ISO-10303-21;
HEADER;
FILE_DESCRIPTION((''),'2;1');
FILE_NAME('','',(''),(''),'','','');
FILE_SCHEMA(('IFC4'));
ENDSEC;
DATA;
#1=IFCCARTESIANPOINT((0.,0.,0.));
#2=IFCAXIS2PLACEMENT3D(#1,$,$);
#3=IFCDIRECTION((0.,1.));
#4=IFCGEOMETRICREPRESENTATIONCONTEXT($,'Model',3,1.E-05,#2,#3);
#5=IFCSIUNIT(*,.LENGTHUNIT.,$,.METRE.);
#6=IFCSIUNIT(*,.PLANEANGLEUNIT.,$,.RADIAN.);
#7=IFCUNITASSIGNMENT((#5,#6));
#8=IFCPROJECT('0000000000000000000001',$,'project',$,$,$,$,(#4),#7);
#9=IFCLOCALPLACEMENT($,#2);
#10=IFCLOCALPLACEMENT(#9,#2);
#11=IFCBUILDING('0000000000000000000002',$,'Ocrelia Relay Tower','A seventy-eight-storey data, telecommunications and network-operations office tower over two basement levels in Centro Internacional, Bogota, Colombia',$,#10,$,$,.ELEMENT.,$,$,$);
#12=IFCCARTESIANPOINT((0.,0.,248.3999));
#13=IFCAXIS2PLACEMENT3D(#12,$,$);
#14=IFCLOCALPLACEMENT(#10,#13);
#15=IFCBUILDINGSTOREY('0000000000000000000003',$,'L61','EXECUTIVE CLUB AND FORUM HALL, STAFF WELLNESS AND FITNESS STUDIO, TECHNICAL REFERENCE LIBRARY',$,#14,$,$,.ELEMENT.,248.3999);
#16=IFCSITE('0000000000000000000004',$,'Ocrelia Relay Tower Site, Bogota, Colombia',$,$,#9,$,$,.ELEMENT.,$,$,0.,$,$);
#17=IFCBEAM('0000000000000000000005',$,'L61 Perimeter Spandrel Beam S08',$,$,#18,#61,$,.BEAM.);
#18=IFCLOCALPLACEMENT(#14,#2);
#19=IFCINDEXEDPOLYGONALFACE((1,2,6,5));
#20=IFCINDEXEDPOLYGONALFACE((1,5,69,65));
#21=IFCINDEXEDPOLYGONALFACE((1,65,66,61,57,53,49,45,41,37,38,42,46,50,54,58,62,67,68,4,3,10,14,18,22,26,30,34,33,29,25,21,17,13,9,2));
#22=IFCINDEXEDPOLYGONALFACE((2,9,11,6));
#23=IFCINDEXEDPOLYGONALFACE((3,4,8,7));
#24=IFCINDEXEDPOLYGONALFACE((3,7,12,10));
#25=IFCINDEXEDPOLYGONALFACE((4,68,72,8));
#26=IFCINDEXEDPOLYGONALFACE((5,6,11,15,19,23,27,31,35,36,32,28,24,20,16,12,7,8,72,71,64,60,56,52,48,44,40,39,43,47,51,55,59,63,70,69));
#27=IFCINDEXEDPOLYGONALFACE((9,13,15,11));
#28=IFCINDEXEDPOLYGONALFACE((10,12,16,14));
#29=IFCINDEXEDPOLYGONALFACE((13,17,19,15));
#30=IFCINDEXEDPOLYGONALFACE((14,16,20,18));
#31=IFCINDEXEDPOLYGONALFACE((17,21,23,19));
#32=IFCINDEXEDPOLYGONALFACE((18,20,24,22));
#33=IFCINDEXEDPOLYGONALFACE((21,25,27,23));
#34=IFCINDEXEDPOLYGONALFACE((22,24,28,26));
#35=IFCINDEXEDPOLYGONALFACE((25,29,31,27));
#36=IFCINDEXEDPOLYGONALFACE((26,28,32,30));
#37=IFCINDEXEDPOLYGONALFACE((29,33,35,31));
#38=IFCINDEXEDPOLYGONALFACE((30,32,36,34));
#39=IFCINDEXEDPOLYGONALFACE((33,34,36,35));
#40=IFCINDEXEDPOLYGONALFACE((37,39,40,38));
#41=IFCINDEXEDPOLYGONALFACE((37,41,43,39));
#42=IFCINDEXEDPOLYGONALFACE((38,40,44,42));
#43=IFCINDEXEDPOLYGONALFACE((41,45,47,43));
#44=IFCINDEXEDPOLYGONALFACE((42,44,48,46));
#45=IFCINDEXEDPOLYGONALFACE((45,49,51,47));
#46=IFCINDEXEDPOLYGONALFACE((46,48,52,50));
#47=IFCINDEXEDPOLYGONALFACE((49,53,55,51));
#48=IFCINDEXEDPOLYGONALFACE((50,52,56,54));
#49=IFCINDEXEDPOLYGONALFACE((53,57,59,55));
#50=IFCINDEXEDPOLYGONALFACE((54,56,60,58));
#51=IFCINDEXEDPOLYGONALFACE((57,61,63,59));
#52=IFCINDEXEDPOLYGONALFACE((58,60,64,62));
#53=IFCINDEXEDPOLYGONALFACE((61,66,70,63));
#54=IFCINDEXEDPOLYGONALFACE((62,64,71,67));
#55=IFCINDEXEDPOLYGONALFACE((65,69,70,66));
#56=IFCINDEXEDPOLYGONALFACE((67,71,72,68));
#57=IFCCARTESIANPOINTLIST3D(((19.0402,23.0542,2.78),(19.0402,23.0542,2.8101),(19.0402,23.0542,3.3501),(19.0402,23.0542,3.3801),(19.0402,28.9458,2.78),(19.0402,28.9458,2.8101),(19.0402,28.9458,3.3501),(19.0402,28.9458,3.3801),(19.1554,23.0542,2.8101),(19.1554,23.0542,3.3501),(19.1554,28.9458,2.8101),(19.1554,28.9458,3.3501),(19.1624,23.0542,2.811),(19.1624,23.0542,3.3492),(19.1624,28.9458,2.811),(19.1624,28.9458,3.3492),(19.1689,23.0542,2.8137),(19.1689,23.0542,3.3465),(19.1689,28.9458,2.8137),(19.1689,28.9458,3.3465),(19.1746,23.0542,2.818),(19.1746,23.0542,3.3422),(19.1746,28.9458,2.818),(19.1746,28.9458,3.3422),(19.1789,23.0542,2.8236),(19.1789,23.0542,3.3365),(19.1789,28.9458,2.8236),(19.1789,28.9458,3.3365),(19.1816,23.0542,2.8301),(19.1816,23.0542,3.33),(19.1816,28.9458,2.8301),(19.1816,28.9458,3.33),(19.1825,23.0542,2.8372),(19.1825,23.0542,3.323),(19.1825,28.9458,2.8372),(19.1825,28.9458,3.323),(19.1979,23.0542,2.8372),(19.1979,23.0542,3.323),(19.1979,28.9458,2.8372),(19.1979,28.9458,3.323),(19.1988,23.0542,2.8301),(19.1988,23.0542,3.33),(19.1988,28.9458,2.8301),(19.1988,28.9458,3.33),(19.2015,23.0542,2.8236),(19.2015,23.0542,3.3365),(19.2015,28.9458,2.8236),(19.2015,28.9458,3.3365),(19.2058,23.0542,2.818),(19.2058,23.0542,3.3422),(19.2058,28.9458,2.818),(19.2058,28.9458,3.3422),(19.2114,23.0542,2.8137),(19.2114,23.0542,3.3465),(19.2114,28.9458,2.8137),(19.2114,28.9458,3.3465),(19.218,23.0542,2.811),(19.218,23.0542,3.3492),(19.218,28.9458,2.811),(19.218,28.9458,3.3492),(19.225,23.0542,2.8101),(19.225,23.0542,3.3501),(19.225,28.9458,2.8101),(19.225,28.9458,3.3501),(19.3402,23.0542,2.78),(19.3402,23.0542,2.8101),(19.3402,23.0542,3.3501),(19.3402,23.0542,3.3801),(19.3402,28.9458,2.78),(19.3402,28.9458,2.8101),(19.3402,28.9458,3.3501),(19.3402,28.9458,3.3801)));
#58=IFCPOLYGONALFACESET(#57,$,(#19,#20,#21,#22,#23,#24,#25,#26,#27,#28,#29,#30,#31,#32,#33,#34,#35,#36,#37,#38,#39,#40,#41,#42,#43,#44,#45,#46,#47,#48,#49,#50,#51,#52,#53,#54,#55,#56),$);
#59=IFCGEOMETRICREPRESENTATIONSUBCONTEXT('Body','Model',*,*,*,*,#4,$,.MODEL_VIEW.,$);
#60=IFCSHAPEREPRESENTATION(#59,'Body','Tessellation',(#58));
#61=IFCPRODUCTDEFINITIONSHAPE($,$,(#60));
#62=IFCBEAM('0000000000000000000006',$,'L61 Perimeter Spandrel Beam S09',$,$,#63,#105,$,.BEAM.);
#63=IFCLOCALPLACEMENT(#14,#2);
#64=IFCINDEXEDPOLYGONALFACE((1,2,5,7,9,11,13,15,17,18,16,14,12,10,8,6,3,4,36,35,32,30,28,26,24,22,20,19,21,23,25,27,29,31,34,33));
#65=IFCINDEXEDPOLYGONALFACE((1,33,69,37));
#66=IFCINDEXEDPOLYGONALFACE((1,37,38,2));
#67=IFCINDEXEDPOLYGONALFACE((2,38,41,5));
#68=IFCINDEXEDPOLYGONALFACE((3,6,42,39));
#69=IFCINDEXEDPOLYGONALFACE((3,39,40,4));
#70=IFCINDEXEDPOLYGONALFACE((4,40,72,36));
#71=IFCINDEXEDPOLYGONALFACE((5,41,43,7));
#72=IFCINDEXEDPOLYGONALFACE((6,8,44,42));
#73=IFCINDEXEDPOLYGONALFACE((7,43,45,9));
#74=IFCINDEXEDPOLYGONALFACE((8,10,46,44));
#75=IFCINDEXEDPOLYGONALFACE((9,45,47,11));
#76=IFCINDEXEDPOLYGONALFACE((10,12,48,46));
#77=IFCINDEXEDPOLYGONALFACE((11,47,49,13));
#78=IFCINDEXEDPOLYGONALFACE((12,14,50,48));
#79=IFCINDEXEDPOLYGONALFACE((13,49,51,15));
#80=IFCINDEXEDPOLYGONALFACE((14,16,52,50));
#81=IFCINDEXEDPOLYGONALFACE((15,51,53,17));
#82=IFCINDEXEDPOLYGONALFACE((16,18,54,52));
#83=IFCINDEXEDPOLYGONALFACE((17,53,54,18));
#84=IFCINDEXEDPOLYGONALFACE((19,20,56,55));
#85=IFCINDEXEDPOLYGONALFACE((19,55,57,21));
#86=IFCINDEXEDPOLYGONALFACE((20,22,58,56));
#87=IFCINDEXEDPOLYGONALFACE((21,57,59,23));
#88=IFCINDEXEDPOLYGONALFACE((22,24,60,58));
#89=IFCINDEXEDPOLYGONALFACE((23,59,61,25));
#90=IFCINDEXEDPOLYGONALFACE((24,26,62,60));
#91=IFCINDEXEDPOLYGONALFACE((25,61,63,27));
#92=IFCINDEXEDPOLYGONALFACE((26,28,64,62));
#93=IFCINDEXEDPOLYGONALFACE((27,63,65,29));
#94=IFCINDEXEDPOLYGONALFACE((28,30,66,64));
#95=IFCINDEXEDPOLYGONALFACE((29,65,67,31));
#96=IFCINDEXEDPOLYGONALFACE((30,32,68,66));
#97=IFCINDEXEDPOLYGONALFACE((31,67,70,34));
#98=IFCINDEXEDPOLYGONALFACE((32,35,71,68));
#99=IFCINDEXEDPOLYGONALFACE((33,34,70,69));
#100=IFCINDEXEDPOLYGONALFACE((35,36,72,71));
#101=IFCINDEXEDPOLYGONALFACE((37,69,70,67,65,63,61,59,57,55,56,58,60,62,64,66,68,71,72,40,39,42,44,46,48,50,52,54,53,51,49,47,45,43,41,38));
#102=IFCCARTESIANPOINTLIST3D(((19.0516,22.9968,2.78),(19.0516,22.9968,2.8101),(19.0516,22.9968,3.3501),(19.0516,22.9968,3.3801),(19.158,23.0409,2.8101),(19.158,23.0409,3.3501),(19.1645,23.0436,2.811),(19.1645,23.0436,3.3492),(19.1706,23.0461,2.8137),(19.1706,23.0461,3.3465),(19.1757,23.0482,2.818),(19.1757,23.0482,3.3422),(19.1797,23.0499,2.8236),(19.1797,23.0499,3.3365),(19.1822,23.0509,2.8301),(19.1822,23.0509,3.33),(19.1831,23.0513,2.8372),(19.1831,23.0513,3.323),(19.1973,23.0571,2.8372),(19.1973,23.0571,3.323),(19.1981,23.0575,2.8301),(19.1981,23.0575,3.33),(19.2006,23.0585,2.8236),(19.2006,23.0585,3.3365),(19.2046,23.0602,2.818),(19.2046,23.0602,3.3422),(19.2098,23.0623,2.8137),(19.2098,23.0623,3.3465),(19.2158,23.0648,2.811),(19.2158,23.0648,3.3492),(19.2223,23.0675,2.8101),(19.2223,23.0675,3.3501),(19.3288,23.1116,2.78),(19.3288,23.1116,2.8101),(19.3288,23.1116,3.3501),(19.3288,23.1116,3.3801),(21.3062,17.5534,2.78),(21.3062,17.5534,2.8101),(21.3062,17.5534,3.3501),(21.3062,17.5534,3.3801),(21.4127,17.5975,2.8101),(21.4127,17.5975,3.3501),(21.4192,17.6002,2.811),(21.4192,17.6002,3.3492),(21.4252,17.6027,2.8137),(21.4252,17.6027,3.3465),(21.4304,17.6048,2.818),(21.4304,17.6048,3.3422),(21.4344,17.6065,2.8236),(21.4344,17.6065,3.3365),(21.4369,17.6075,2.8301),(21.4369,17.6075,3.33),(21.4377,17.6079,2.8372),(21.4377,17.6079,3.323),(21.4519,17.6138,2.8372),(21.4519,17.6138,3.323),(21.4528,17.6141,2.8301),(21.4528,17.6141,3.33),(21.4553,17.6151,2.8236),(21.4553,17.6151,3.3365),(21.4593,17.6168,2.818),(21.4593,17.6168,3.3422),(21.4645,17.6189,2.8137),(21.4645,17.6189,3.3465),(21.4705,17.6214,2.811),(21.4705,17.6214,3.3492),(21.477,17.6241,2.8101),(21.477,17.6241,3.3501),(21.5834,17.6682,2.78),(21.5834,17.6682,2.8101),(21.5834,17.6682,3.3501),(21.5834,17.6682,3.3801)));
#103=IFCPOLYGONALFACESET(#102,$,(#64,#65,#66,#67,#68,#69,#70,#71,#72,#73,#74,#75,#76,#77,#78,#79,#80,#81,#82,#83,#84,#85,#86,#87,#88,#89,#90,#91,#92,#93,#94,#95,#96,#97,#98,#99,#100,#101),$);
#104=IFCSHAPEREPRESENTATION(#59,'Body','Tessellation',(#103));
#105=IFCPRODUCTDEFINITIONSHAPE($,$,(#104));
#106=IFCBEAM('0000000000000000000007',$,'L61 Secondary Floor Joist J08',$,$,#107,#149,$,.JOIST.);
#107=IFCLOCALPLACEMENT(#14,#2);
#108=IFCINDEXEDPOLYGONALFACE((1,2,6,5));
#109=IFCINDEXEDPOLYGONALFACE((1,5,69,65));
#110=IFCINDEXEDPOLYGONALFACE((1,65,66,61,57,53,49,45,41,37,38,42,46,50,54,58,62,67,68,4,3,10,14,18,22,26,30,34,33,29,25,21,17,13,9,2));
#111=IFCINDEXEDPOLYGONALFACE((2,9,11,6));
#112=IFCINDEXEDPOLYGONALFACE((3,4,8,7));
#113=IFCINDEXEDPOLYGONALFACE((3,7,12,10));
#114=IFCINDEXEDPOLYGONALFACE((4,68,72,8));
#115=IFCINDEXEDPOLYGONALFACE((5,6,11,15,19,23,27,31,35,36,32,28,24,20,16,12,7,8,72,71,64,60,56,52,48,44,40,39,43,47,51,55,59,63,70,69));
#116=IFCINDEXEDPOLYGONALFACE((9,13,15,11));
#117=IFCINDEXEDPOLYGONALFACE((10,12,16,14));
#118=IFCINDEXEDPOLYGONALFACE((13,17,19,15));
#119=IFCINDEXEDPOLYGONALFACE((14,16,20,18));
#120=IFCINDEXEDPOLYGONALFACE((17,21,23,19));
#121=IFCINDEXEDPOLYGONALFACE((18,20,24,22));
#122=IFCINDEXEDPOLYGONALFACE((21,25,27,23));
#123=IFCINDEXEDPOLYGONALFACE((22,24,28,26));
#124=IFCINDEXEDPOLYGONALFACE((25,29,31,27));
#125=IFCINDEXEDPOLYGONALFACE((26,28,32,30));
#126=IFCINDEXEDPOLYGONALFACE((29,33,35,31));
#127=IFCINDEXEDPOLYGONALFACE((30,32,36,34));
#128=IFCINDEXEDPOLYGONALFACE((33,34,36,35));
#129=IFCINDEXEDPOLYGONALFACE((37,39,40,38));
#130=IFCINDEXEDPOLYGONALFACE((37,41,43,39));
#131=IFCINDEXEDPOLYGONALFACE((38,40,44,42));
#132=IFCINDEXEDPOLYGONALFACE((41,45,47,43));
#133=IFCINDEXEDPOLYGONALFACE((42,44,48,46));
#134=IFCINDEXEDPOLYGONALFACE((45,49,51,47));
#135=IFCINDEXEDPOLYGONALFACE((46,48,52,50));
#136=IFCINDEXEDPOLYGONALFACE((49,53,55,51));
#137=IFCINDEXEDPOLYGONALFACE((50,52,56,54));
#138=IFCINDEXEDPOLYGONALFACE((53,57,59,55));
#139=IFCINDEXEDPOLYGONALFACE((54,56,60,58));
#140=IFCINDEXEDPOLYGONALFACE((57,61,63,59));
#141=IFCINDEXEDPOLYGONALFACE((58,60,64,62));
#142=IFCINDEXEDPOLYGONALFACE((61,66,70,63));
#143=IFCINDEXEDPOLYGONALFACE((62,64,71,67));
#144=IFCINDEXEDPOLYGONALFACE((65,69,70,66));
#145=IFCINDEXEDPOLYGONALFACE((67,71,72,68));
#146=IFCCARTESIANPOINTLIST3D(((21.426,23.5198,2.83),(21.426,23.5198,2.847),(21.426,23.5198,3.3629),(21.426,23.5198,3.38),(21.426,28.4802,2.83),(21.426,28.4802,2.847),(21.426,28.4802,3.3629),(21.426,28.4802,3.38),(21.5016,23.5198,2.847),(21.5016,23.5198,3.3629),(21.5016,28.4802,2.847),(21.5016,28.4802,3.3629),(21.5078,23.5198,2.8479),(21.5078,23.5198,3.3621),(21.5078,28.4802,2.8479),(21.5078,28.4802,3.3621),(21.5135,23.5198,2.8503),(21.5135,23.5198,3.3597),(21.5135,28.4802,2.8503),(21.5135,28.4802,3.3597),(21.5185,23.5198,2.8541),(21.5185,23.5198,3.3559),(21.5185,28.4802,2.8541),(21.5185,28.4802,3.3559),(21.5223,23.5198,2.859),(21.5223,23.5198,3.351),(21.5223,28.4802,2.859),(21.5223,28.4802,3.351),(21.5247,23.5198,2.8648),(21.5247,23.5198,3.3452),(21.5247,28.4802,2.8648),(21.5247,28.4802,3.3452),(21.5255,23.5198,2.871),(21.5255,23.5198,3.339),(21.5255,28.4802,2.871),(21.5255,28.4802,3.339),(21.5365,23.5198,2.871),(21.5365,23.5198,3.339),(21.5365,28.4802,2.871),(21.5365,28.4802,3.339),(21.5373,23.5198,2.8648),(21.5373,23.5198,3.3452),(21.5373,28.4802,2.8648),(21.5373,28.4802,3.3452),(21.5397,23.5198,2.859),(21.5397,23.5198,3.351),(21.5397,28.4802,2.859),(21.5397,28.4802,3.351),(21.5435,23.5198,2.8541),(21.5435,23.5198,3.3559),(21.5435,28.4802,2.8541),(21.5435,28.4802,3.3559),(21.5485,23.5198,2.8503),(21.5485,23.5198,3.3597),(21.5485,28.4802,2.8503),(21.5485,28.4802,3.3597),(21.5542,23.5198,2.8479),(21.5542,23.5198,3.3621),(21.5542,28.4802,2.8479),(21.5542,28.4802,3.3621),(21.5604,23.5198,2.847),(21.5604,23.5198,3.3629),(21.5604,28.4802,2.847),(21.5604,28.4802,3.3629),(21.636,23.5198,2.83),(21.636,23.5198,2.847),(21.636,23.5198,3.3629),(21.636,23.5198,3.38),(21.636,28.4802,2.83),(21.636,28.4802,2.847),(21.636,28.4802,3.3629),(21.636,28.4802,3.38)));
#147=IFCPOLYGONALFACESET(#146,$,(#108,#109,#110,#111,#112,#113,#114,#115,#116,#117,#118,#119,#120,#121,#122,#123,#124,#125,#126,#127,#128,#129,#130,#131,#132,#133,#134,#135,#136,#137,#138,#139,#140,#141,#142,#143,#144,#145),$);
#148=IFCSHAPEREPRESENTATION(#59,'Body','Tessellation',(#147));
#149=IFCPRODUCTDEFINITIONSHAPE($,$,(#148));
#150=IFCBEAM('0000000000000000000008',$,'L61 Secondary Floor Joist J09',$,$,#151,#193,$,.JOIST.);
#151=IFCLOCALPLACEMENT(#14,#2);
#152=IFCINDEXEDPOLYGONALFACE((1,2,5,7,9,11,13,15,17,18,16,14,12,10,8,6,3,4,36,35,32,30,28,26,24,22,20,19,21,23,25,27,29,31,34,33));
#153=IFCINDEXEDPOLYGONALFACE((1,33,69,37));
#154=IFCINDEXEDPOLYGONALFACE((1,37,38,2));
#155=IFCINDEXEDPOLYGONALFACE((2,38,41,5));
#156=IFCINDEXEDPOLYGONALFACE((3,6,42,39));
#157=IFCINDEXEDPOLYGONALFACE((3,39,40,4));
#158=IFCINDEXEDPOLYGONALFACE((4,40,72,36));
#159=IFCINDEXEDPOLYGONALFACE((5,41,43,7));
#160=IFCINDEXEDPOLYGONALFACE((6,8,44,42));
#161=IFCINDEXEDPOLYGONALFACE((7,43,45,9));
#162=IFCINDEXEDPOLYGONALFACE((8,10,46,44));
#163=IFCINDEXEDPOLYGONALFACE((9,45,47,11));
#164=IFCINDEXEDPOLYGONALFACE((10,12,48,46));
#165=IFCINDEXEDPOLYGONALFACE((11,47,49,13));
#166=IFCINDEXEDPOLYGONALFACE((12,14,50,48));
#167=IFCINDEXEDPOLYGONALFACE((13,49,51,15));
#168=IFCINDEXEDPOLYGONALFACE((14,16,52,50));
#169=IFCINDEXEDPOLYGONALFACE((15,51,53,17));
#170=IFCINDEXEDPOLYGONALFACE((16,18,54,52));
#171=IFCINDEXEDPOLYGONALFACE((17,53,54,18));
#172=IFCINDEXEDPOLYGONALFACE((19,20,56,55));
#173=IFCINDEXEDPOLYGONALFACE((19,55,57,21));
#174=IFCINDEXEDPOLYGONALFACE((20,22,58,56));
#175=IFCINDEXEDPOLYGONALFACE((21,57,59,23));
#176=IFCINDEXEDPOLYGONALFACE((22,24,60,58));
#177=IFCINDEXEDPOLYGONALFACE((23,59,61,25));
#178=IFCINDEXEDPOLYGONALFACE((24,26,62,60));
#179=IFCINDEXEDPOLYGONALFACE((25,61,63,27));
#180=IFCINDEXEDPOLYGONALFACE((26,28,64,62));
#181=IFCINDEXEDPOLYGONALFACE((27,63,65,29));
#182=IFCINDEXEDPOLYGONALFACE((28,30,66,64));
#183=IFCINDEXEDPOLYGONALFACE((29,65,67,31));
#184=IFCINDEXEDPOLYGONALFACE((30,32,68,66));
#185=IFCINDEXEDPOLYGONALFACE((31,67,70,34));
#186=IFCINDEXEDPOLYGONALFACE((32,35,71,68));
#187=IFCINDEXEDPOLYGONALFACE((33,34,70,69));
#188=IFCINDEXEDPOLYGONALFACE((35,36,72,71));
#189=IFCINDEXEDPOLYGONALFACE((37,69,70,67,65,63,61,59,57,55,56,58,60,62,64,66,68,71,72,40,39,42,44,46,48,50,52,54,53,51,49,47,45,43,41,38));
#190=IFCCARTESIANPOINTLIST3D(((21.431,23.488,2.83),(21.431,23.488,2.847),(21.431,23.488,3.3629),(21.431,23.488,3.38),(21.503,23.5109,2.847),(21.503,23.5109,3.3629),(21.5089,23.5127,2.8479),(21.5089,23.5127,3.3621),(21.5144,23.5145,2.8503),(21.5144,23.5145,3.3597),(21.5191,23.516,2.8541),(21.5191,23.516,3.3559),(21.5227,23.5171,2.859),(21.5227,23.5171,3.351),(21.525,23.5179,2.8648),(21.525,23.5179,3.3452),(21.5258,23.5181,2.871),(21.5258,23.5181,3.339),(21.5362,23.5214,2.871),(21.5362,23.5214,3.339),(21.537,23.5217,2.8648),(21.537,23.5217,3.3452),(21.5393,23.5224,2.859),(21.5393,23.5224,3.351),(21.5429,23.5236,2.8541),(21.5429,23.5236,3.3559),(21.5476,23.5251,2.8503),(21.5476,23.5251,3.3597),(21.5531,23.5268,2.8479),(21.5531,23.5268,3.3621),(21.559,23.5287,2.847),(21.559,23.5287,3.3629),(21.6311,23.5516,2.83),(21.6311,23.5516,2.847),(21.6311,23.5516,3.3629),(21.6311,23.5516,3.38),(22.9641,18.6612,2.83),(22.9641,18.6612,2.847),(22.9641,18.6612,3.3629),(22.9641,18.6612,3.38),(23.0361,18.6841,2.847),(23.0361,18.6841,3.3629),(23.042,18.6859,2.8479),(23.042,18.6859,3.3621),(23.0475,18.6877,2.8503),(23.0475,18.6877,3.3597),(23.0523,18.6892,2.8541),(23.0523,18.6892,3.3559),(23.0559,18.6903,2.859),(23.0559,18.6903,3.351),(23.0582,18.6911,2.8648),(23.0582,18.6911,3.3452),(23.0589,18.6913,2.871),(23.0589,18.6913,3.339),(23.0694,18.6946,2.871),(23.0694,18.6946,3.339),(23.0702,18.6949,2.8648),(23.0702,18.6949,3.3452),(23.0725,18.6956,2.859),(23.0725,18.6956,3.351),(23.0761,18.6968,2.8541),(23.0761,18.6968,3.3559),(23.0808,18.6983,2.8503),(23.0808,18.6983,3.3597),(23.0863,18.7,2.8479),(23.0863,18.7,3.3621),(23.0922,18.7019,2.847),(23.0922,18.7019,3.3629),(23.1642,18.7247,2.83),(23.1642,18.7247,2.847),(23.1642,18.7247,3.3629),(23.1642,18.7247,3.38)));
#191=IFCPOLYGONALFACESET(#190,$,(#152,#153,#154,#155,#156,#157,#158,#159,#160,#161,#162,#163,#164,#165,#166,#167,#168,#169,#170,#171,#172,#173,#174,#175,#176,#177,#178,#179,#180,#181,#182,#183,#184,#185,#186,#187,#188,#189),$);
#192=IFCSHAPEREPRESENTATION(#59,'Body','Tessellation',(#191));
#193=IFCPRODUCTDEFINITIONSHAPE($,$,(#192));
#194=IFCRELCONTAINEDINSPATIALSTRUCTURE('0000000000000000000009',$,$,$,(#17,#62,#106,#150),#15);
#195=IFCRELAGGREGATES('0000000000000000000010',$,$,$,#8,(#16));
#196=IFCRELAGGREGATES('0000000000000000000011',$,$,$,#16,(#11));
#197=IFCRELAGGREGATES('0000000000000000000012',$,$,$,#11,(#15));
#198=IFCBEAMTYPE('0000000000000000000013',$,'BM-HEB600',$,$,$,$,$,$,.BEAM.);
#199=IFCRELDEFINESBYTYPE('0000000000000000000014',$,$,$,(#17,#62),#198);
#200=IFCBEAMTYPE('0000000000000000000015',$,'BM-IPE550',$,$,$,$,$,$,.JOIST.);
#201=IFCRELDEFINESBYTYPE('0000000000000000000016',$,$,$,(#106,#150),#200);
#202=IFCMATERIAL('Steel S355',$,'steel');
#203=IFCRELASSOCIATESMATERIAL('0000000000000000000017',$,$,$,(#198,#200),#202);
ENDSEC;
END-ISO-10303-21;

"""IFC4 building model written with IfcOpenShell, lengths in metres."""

from ifc_helpers import new_model, si_unit, direction, frame, origin, origin_2d, place, context, subcontext, project, spatial, i_section, extrude, material, material_profile, profile_set, type_object, element, save


model = new_model("IFC4")

# Units and contexts
model_context = context("Model", 3, precision=1e-05, world=origin(), true_north=direction((0.0, 1.0)))
body_context = subcontext(model_context, "Body", "Model", "MODEL_VIEW")
ifc_project = project(units=[si_unit("LENGTHUNIT", "METRE"), si_unit("PLANEANGLEUNIT", "RADIAN")], contexts=[model_context])

# Site, building, storey
site_placement = place(None, origin())
site = spatial("IfcSite", under=ifc_project, at=site_placement, Name="Ocrelia Relay Tower Site, Bogota, Colombia", CompositionType="ELEMENT", RefElevation=0.0)
building_placement = place(site_placement, origin())
building = spatial("IfcBuilding", under=site, at=building_placement, Name="Ocrelia Relay Tower", Description="A seventy-eight-storey data, telecommunications and network-operations office tower over two basement levels in Centro Internacional, Bogota, Colombia", CompositionType="ELEMENT")
storey_placement = place(building_placement, frame((0.0, 0.0, 248.3999)))
storey = spatial("IfcBuildingStorey", under=building, at=storey_placement, Name="L61", Description="EXECUTIVE CLUB AND FORUM HALL, STAFF WELLNESS AND FITNESS STUDIO, TECHNICAL REFERENCE LIBRARY", CompositionType="ELEMENT", Elevation=248.3999)

# Beams
ifc_material_1 = material(Name="Steel S355", Category="steel")
ifc_material_profile_1 = material_profile(ifc_material_1, i_section(OverallWidth=0.3, OverallDepth=0.6001, WebThickness=0.0154, FlangeThickness=0.03, FilletRadius=0.0271, at=origin_2d()), Name="HEB 600")
ifc_profile_set_1 = profile_set([ifc_material_profile_1], Name="Steel S355")
beam_type_1 = type_object("IfcBeamType", Name="BM-HEB600", PredefinedType="BEAM", material=ifc_profile_set_1)
beam_1_placement = place(storey_placement, frame((19.1902, 28.9458, 3.0801), z_axis=(0.0, -1.0, 0.0), x_axis=(1.0, 0.0, 0.0)))
element("IfcBeam", 1, at=beam_1_placement, inside=storey, type_object=beam_type_1, Name="L61 Perimeter Spandrel Beam S08", PredefinedType="BEAM", context=body_context, shape_type="SweptSolid", body=[
    extrude(i_section(OverallWidth=0.3, OverallDepth=0.6001, WebThickness=0.0154, FlangeThickness=0.03, FilletRadius=0.0271, at=origin_2d()), origin(), (0.0, 0.0, 1.0), 5.8916),
])
beam_2_placement = place(storey_placement, frame((19.1902, 23.0542, 3.0801), z_axis=(0.382673, -0.923884, 0.0), x_axis=(0.923884, 0.382673, 0.0)))
element("IfcBeam", 2, at=beam_2_placement, inside=storey, type_object=beam_type_1, Name="L61 Perimeter Spandrel Beam S09", PredefinedType="BEAM", context=body_context, shape_type="SweptSolid", body=[
    extrude(i_section(OverallWidth=0.3, OverallDepth=0.6001, WebThickness=0.0154, FlangeThickness=0.03, FilletRadius=0.0271, at=origin_2d()), origin(), (0.0, 0.0, 1.0), 5.8918),
])
ifc_material_profile_2 = material_profile(ifc_material_1, i_section(OverallWidth=0.21, OverallDepth=0.55, WebThickness=0.011, FlangeThickness=0.0171, FilletRadius=0.0239, at=origin_2d()), Name="IPE 550")
ifc_profile_set_2 = profile_set([ifc_material_profile_2], Name="Steel S355")
beam_type_2 = type_object("IfcBeamType", Name="BM-IPE550", PredefinedType="JOIST", material=ifc_profile_set_2)
beam_3_placement = place(storey_placement, frame((21.531, 28.4802, 3.105), z_axis=(0.0, -1.0, 0.0), x_axis=(1.0, 0.0, 0.0)))
element("IfcBeam", 3, at=beam_3_placement, inside=storey, type_object=beam_type_2, Name="L61 Secondary Floor Joist J08", PredefinedType="JOIST", context=body_context, shape_type="SweptSolid", body=[
    extrude(i_section(OverallWidth=0.21, OverallDepth=0.55, WebThickness=0.011, FlangeThickness=0.0171, FilletRadius=0.0239, at=origin_2d()), origin(), (0.0, 0.0, 1.0), 4.9604),
])
beam_4_placement = place(storey_placement, frame((21.531, 23.5198, 3.105), z_axis=(0.302732, -0.953076, 0.0), x_axis=(0.953076, 0.302732, 0.0)))
element("IfcBeam", 4, at=beam_4_placement, inside=storey, type_object=beam_type_2, Name="L61 Secondary Floor Joist J09", PredefinedType="JOIST", context=body_context, shape_type="SweptSolid", body=[
    extrude(i_section(OverallWidth=0.21, OverallDepth=0.55, WebThickness=0.011, FlangeThickness=0.0171, FilletRadius=0.0239, at=origin_2d()), origin(), (0.0, 0.0, 1.0), 5.0645),
])

save(model, "model.ifc")
